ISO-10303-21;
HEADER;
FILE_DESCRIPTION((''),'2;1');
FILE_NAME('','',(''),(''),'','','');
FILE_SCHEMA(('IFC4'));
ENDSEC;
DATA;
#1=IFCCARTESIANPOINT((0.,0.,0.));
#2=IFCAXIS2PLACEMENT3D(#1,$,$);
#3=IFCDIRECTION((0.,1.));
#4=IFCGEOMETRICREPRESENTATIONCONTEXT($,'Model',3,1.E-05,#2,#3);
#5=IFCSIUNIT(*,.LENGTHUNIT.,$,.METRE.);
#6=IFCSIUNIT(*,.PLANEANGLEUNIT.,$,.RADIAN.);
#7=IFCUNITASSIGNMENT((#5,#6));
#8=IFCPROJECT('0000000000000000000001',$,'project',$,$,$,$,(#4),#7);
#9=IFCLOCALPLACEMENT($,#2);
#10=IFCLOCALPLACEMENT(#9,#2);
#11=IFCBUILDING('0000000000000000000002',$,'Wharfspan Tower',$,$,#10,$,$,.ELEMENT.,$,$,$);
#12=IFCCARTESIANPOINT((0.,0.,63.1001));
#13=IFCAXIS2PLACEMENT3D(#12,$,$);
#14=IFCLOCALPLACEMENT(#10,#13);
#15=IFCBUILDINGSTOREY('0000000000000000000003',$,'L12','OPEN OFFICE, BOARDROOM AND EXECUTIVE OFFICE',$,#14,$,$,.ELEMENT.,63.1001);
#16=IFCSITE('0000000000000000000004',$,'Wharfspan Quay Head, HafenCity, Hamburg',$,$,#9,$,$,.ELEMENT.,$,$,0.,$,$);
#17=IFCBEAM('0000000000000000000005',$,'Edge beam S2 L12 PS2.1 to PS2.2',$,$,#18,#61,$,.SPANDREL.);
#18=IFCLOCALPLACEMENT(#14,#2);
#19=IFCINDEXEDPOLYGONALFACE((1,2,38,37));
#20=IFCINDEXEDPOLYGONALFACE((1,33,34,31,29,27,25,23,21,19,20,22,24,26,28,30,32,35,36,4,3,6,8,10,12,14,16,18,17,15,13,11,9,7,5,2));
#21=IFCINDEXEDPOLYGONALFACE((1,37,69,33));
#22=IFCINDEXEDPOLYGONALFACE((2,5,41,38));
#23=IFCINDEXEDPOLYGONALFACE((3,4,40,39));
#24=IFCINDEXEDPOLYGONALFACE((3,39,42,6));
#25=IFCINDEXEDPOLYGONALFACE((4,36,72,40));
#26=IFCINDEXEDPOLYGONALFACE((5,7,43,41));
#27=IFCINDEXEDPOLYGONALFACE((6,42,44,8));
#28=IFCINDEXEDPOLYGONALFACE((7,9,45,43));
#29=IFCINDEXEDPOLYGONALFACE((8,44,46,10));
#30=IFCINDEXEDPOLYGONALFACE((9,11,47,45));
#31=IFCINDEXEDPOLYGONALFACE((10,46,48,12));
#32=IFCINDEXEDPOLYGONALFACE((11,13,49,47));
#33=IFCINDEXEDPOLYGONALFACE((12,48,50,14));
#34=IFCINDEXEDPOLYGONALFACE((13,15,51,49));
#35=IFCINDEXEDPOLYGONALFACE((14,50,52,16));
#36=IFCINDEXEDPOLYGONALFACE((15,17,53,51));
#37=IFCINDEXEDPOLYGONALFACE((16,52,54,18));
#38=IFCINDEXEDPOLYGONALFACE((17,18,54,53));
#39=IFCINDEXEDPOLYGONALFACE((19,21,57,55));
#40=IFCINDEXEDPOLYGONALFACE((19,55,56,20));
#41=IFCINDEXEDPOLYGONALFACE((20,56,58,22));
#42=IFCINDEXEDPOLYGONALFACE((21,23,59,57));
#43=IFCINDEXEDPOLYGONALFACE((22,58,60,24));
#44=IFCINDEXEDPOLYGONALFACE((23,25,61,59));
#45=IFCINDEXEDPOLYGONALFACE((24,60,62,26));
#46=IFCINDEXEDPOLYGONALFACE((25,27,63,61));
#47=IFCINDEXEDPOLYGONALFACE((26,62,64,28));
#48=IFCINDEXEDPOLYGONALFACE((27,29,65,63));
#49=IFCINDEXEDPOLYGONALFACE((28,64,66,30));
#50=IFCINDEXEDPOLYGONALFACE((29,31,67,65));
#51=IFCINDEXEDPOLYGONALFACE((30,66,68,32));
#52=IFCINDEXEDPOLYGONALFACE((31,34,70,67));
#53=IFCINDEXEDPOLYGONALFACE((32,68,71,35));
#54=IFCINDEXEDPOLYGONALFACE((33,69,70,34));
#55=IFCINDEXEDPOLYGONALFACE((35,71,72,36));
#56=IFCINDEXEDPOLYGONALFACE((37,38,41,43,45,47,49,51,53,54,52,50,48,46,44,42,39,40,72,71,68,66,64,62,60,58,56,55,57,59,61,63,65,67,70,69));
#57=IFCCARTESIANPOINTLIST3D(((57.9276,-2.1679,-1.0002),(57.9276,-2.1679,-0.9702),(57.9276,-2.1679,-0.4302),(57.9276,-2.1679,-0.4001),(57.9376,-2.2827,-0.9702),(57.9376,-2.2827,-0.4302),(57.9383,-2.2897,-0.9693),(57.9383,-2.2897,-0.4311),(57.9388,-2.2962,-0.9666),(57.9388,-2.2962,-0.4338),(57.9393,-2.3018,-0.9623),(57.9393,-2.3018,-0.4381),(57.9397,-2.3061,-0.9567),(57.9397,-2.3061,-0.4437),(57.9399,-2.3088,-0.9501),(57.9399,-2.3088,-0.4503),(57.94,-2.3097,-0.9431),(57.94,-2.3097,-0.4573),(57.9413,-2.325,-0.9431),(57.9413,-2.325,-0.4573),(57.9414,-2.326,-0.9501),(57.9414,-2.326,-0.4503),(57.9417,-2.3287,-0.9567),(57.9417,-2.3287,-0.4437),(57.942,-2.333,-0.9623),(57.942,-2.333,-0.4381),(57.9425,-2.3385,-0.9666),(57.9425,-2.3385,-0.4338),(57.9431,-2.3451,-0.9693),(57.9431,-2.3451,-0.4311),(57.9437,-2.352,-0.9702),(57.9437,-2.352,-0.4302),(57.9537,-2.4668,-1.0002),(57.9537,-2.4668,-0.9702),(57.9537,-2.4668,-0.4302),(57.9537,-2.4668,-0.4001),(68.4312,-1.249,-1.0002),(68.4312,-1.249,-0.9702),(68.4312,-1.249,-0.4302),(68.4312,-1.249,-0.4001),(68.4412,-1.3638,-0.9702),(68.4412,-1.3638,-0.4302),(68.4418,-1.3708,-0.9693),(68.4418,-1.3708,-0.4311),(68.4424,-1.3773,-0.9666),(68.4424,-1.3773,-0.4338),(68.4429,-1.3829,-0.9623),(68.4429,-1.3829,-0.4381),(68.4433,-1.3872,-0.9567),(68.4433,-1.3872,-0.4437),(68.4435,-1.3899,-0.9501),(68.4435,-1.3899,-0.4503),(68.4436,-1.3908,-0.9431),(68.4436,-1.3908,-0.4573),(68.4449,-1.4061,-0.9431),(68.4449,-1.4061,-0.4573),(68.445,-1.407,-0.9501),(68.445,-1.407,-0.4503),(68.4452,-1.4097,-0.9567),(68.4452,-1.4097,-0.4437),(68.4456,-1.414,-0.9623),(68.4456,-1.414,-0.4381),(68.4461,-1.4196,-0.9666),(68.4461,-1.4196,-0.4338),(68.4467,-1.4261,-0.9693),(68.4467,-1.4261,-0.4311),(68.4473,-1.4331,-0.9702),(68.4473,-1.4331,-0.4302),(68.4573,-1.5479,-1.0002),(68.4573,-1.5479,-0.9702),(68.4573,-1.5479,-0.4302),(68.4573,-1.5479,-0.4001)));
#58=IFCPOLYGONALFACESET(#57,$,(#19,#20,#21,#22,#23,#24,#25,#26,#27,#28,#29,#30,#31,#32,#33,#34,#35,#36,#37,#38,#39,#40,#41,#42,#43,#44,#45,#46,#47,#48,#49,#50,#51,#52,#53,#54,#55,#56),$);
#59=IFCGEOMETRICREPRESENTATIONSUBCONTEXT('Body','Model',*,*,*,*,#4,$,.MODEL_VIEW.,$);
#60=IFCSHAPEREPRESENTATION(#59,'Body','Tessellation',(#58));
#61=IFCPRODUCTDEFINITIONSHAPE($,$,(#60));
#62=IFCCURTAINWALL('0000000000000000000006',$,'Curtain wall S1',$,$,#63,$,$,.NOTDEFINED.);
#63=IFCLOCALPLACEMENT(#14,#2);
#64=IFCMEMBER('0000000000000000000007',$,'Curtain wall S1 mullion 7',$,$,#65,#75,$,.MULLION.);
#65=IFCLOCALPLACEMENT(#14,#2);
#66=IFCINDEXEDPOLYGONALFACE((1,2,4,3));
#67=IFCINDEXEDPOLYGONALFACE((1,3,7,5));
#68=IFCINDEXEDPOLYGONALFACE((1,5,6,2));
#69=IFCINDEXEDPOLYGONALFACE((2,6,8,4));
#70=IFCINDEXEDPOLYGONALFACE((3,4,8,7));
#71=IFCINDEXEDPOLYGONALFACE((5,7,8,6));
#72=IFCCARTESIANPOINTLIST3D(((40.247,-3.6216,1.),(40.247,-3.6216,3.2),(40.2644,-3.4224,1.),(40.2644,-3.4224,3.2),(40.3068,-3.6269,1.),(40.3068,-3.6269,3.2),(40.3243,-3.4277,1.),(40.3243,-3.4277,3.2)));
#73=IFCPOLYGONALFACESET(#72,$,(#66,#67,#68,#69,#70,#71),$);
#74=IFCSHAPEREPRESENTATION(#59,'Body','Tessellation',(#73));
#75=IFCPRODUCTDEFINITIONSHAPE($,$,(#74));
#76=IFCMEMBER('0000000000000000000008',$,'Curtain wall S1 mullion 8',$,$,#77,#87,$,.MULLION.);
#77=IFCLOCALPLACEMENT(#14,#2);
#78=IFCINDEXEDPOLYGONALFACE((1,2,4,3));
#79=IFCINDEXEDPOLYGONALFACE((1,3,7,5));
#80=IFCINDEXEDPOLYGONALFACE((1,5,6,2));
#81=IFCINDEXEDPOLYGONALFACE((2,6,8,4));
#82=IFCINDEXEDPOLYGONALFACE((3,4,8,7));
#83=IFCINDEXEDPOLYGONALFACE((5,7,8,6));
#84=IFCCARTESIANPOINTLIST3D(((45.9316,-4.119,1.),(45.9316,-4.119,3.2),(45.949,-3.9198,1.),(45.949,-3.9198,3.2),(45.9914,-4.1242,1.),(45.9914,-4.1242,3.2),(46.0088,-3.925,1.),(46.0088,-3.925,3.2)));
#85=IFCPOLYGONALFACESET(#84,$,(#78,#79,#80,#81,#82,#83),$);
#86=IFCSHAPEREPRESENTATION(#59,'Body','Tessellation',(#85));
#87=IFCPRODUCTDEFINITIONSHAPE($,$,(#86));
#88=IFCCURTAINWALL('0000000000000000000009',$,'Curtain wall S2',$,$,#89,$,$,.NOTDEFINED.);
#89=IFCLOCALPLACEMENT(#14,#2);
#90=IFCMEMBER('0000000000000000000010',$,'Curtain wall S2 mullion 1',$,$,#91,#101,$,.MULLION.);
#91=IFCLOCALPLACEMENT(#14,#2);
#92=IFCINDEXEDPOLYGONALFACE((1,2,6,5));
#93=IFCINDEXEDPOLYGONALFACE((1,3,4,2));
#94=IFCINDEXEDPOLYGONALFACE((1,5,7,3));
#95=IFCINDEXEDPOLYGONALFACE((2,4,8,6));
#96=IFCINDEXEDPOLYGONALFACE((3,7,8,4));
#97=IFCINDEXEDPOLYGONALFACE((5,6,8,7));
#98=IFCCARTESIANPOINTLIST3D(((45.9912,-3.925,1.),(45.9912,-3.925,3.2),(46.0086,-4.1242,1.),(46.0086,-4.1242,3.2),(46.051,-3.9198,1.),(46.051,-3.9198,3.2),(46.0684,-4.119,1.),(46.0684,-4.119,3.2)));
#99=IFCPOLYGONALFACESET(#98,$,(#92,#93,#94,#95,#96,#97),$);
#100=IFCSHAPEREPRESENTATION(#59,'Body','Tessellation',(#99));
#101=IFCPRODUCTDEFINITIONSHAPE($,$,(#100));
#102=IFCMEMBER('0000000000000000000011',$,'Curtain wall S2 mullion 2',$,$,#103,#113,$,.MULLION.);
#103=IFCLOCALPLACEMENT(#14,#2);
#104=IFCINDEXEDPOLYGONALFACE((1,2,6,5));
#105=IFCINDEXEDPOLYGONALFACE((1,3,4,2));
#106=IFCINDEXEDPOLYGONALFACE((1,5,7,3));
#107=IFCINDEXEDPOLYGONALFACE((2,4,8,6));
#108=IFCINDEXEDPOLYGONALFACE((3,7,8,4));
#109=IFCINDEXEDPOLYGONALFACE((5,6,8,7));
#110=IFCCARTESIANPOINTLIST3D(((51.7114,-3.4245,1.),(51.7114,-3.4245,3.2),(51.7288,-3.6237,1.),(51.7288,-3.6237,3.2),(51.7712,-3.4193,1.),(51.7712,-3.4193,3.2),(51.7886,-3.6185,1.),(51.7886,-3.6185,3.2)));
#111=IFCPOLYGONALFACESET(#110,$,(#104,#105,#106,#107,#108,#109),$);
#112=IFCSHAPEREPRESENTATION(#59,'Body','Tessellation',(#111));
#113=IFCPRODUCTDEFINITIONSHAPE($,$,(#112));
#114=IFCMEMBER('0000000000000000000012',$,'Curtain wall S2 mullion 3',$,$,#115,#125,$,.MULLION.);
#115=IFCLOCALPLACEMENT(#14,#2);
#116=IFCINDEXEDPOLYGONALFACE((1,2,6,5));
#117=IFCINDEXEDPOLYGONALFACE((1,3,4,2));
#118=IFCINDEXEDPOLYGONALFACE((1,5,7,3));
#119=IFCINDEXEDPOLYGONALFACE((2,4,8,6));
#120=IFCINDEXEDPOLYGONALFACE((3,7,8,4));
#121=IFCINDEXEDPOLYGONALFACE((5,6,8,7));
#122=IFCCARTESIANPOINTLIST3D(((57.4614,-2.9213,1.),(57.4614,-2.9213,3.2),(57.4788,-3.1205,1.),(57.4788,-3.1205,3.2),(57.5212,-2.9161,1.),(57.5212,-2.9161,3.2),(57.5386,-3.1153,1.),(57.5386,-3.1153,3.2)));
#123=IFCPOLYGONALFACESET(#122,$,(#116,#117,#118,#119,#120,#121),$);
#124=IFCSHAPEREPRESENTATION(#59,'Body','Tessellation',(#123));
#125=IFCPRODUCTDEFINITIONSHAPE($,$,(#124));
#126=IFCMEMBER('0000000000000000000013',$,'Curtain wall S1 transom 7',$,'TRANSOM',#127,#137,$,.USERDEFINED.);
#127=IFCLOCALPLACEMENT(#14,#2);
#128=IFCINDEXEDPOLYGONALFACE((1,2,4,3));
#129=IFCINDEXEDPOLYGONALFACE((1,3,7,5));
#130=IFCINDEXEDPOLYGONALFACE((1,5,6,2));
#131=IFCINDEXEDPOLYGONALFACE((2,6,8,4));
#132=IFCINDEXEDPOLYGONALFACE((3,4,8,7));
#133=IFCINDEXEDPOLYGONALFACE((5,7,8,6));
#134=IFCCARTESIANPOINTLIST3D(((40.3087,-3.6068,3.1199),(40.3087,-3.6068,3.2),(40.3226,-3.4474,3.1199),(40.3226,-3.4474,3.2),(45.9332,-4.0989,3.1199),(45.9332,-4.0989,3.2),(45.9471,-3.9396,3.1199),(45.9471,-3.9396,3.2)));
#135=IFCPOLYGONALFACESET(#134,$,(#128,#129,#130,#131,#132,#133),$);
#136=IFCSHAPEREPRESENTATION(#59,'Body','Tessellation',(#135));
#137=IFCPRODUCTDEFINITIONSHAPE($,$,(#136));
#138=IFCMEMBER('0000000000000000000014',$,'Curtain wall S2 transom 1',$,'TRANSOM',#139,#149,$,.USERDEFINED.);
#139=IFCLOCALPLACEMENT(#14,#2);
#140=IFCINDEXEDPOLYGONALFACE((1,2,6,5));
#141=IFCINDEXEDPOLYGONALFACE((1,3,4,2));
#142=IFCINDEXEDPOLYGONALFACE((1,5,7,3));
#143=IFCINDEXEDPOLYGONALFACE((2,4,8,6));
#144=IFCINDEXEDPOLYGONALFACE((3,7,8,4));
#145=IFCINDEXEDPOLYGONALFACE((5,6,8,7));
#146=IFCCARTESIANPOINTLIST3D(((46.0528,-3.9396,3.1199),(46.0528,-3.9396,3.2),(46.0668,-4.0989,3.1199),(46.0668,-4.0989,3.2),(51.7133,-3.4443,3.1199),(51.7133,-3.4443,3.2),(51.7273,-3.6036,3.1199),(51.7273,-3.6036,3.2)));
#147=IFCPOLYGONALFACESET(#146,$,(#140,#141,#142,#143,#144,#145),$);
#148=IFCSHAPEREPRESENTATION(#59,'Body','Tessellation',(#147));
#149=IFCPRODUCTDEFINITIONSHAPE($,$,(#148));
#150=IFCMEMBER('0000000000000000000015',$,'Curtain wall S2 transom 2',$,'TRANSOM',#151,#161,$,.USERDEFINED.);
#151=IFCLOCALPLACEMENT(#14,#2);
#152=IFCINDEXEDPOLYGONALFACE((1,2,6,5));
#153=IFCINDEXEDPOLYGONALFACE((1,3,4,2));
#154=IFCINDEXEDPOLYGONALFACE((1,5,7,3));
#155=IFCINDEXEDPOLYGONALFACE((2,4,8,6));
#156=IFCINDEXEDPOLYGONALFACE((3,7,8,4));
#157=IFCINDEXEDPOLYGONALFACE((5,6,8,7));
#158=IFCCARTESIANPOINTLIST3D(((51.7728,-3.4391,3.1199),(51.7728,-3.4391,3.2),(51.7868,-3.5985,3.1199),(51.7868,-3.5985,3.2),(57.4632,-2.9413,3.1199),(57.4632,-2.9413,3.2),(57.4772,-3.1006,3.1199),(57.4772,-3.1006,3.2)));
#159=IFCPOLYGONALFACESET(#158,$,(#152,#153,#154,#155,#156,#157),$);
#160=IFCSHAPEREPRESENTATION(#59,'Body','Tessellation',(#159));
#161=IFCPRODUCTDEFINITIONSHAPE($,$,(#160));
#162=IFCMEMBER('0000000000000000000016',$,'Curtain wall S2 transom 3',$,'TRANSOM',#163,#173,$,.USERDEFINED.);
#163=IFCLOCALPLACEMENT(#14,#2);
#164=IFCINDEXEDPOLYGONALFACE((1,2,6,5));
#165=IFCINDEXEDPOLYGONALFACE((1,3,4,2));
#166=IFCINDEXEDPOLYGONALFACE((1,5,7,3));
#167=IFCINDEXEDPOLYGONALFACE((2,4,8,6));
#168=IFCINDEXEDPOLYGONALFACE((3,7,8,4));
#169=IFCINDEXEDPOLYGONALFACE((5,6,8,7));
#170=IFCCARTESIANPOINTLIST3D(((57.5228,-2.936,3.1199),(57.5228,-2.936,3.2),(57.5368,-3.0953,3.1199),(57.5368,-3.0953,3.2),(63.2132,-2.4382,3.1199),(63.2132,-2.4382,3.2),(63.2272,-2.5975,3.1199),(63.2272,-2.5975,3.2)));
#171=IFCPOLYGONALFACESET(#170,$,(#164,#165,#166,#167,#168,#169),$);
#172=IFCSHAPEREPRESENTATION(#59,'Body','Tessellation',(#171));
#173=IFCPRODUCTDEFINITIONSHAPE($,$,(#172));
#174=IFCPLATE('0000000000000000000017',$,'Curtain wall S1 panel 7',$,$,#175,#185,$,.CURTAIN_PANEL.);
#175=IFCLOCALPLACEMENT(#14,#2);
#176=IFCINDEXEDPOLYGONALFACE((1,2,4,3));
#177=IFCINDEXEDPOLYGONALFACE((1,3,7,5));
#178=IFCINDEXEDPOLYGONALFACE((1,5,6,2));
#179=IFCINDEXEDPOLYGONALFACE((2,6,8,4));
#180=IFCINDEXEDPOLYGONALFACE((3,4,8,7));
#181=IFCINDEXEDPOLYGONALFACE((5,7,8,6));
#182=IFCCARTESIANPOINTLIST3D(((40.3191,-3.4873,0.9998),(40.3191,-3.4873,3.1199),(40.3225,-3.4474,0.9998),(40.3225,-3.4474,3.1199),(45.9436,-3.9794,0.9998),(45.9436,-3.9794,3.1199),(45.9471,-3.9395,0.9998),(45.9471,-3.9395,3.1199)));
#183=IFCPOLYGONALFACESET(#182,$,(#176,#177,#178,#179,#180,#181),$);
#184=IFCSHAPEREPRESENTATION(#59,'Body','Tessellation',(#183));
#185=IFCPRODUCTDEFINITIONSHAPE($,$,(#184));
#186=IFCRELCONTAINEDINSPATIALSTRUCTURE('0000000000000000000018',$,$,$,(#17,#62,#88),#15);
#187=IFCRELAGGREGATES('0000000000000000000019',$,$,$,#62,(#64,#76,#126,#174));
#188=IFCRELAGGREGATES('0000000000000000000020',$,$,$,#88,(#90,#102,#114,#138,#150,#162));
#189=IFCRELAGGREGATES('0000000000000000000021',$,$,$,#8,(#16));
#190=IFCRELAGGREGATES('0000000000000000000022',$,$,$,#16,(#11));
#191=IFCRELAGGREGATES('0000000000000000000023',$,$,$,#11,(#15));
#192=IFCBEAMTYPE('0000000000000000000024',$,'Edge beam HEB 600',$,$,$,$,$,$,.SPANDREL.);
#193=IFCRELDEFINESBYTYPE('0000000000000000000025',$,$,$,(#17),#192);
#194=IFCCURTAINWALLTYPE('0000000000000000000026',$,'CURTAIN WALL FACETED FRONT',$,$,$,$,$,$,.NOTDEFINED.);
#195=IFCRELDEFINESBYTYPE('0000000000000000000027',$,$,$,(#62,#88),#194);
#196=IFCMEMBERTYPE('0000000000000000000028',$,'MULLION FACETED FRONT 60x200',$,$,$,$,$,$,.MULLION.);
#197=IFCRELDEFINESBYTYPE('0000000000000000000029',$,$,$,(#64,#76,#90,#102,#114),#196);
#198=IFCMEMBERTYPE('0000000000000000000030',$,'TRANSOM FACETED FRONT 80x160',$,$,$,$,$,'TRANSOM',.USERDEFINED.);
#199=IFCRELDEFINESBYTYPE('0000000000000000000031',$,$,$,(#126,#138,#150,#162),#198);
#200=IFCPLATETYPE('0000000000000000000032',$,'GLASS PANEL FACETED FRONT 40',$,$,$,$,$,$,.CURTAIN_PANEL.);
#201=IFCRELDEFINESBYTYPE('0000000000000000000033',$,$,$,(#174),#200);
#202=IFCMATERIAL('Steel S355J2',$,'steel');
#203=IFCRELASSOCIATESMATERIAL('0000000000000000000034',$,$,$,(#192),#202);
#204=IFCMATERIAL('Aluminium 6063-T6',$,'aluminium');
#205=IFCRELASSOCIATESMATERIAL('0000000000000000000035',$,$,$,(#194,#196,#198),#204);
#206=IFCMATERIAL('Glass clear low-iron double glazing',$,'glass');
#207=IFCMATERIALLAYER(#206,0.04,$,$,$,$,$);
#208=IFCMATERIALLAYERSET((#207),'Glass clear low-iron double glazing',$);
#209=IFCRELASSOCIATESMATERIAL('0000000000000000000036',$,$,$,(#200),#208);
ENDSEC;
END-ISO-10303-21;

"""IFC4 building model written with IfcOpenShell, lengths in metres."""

from ifc_helpers import new_model, si_unit, direction, frame, origin, origin_2d, place, context, subcontext, project, spatial, rectangle, i_section, extrude, material, layer, layer_set, material_profile, profile_set, type_object, element, aggregate, save


model = new_model("IFC4")

# Units and contexts
model_context = context("Model", 3, precision=1e-05, world=origin(), true_north=direction((0.0, 1.0)))
body_context = subcontext(model_context, "Body", "Model", "MODEL_VIEW")
ifc_project = project(units=[si_unit("LENGTHUNIT", "METRE"), si_unit("PLANEANGLEUNIT", "RADIAN")], contexts=[model_context])

# Site, building, storey
site_placement = place(None, origin())
site = spatial("IfcSite", under=ifc_project, at=site_placement, Name="Wharfspan Quay Head, HafenCity, Hamburg", CompositionType="ELEMENT", RefElevation=0.0)
building_placement = place(site_placement, origin())
building = spatial("IfcBuilding", under=site, at=building_placement, Name="Wharfspan Tower", CompositionType="ELEMENT")
storey_placement = place(building_placement, frame((0.0, 0.0, 63.1001)))
storey = spatial("IfcBuildingStorey", under=building, at=storey_placement, Name="L12", Description="OPEN OFFICE, BOARDROOM AND EXECUTIVE OFFICE", CompositionType="ELEMENT", Elevation=63.1001)

# Shared definitions
ifc_material_1 = material(Name="Steel S355J2", Category="steel")

# Beam
ifc_material_profile_1 = material_profile(ifc_material_1, i_section(OverallWidth=0.3, OverallDepth=0.6001, WebThickness=0.0154, FlangeThickness=0.03, FilletRadius=0.0271, at=origin_2d()))
ifc_profile_set_1 = profile_set([ifc_material_profile_1], Name="Steel S355J2")
beam_type = type_object("IfcBeamType", Name="Edge beam HEB 600", PredefinedType="SPANDREL", material=ifc_profile_set_1)
beam_1_placement = place(storey_placement, frame((57.9407, -2.3174, -0.7002), z_axis=(0.996195, 0.087155, 0.0), x_axis=(-0.087155, 0.996195, 0.0)))
element("IfcBeam", 1, at=beam_1_placement, inside=storey, type_object=beam_type, Name="Edge beam S2 L12 PS2.1 to PS2.2", PredefinedType="SPANDREL", context=body_context, shape_type="SweptSolid", body=[
    extrude(i_section(OverallWidth=0.3, OverallDepth=0.6001, WebThickness=0.0154, FlangeThickness=0.03, FilletRadius=0.0271, at=origin_2d()), origin(), (0.0, 0.0, 1.0), 10.5437),
])

# Curtain walls, members
ifc_material_2 = material(Name="Aluminium 6063-T6", Category="aluminium")
curtain_wall_type = type_object("IfcCurtainWallType", Name="CURTAIN WALL FACETED FRONT", PredefinedType="NOTDEFINED", material=ifc_material_2)
curtain_wall_1_placement = place(storey_placement, origin())
curtain_wall_1 = element("IfcCurtainWall", 2, at=curtain_wall_1_placement, inside=storey, type_object=curtain_wall_type, Name="Curtain wall S1", PredefinedType="NOTDEFINED")
ifc_material_profile_2 = material_profile(ifc_material_2, rectangle(XDim=0.2, YDim=0.0601, at=origin_2d()))
ifc_profile_set_2 = profile_set([ifc_material_profile_2], Name="Aluminium 6063-T6")
member_type_1 = type_object("IfcMemberType", Name="MULLION FACETED FRONT 60x200", PredefinedType="MULLION", material=ifc_profile_set_2)
member_1_placement = place(storey_placement, frame((40.2856, -3.5247, 1.0), z_axis=(0.0, 0.0, 1.0), x_axis=(0.087156, 0.996197, 0.0)))
member_1 = element("IfcMember", 3, at=member_1_placement, type_object=member_type_1, Name="Curtain wall S1 mullion 7", PredefinedType="MULLION", context=body_context, shape_type="SweptSolid", body=[
    extrude(rectangle(XDim=0.2, YDim=0.0601, at=origin_2d()), origin(), (0.0, 0.0, 1.0), 2.2),
])
member_2_placement = place(storey_placement, frame((45.9702, -4.022, 1.0), z_axis=(0.0, 0.0, 1.0), x_axis=(0.087156, 0.996197, 0.0)))
member_2 = element("IfcMember", 4, at=member_2_placement, type_object=member_type_1, Name="Curtain wall S1 mullion 8", PredefinedType="MULLION", context=body_context, shape_type="SweptSolid", body=[
    extrude(rectangle(XDim=0.2, YDim=0.0601, at=origin_2d()), origin(), (0.0, 0.0, 1.0), 2.2),
])
curtain_wall_2_placement = place(storey_placement, origin())
curtain_wall_2 = element("IfcCurtainWall", 5, at=curtain_wall_2_placement, inside=storey, type_object=curtain_wall_type, Name="Curtain wall S2", PredefinedType="NOTDEFINED")
member_3_placement = place(storey_placement, frame((46.0298, -4.022, 1.0), z_axis=(0.0, 0.0, 1.0), x_axis=(-0.087156, 0.996197, 0.0)))
member_3 = element("IfcMember", 6, at=member_3_placement, type_object=member_type_1, Name="Curtain wall S2 mullion 1", PredefinedType="MULLION", context=body_context, shape_type="SweptSolid", body=[
    extrude(rectangle(XDim=0.2, YDim=0.0601, at=origin_2d()), origin(), (0.0, 0.0, 1.0), 2.2),
])
member_4_placement = place(storey_placement, frame((51.75, -3.5215, 1.0), z_axis=(0.0, 0.0, 1.0), x_axis=(-0.087156, 0.996197, 0.0)))
member_4 = element("IfcMember", 7, at=member_4_placement, type_object=member_type_1, Name="Curtain wall S2 mullion 2", PredefinedType="MULLION", context=body_context, shape_type="SweptSolid", body=[
    extrude(rectangle(XDim=0.2, YDim=0.0601, at=origin_2d()), origin(), (0.0, 0.0, 1.0), 2.2),
])
member_5_placement = place(storey_placement, frame((57.5, -3.0183, 1.0), z_axis=(0.0, 0.0, 1.0), x_axis=(-0.087156, 0.996197, 0.0)))
member_5 = element("IfcMember", 8, at=member_5_placement, type_object=member_type_1, Name="Curtain wall S2 mullion 3", PredefinedType="MULLION", context=body_context, shape_type="SweptSolid", body=[
    extrude(rectangle(XDim=0.2, YDim=0.0601, at=origin_2d()), origin(), (0.0, 0.0, 1.0), 2.2),
])

# Members
ifc_material_profile_3 = material_profile(ifc_material_2, rectangle(XDim=0.1599, YDim=0.0801, at=origin_2d()))
ifc_profile_set_3 = profile_set([ifc_material_profile_3], Name="Aluminium 6063-T6")
member_type_2 = type_object("IfcMemberType", Name="TRANSOM FACETED FRONT 80x160", ElementType="TRANSOM", PredefinedType="USERDEFINED", material=ifc_profile_set_3)
member_6_placement = place(storey_placement, frame((40.3157, -3.5271, 3.1599), z_axis=(0.996193, -0.087174, 0.0), x_axis=(0.087174, 0.996193, 0.0)))
member_6 = element("IfcMember", 9, at=member_6_placement, type_object=member_type_2, Name="Curtain wall S1 transom 7", ObjectType="TRANSOM", PredefinedType="USERDEFINED", context=body_context, shape_type="SweptSolid", body=[
    extrude(rectangle(XDim=0.1599, YDim=0.0801, at=origin_2d()), origin(), (0.0, 0.0, 1.0), 5.646),
])
member_7_placement = place(storey_placement, frame((46.0598, -4.0193, 3.1599), z_axis=(0.996193, 0.08718, 0.0), x_axis=(-0.08718, 0.996193, 0.0)))
member_7 = element("IfcMember", 10, at=member_7_placement, type_object=member_type_2, Name="Curtain wall S2 transom 1", ObjectType="TRANSOM", PredefinedType="USERDEFINED", context=body_context, shape_type="SweptSolid", body=[
    extrude(rectangle(XDim=0.1599, YDim=0.0801, at=origin_2d()), origin(), (0.0, 0.0, 1.0), 5.6821),
])
member_8_placement = place(storey_placement, frame((51.7798, -3.5188, 3.1599), z_axis=(0.996195, 0.087148, 0.0), x_axis=(-0.087148, 0.996195, 0.0)))
member_8 = element("IfcMember", 11, at=member_8_placement, type_object=member_type_2, Name="Curtain wall S2 transom 2", ObjectType="TRANSOM", PredefinedType="USERDEFINED", context=body_context, shape_type="SweptSolid", body=[
    extrude(rectangle(XDim=0.1599, YDim=0.0801, at=origin_2d()), origin(), (0.0, 0.0, 1.0), 5.7122),
])
member_9_placement = place(storey_placement, frame((57.5298, -3.0156, 3.1599), z_axis=(0.996195, 0.087148, 0.0), x_axis=(-0.087148, 0.996195, 0.0)))
member_9 = element("IfcMember", 12, at=member_9_placement, type_object=member_type_2, Name="Curtain wall S2 transom 3", ObjectType="TRANSOM", PredefinedType="USERDEFINED", context=body_context, shape_type="SweptSolid", body=[
    extrude(rectangle(XDim=0.1599, YDim=0.0801, at=origin_2d()), origin(), (0.0, 0.0, 1.0), 5.7122),
])

# Plate
ifc_material_3 = material(Name="Glass clear low-iron double glazing", Category="glass")
ifc_layer_1 = layer(ifc_material_3, 0.04)
ifc_layer_set_1 = layer_set([ifc_layer_1], Name="Glass clear low-iron double glazing")
plate_type = type_object("IfcPlateType", Name="GLASS PANEL FACETED FRONT 40", PredefinedType="CURTAIN_PANEL", material=ifc_layer_set_1)
plate_1_placement = place(storey_placement, frame((43.1331, -3.7134, 0.9998), z_axis=(0.0, 0.0, 1.0), x_axis=(0.996197, -0.087156, 0.0)))
plate_1 = element("IfcPlate", 13, at=plate_1_placement, type_object=plate_type, Name="Curtain wall S1 panel 7", PredefinedType="CURTAIN_PANEL", context=body_context, shape_type="SweptSolid", body=[
    extrude(rectangle(XDim=5.646, YDim=0.04, at=origin_2d()), origin(), (0.0, 0.0, 1.0), 2.1201),
])
aggregate(curtain_wall_1, [member_1, member_2, member_6, plate_1])
aggregate(curtain_wall_2, [member_3, member_4, member_5, member_7, member_8, member_9])

save(model, "model.ifc")
